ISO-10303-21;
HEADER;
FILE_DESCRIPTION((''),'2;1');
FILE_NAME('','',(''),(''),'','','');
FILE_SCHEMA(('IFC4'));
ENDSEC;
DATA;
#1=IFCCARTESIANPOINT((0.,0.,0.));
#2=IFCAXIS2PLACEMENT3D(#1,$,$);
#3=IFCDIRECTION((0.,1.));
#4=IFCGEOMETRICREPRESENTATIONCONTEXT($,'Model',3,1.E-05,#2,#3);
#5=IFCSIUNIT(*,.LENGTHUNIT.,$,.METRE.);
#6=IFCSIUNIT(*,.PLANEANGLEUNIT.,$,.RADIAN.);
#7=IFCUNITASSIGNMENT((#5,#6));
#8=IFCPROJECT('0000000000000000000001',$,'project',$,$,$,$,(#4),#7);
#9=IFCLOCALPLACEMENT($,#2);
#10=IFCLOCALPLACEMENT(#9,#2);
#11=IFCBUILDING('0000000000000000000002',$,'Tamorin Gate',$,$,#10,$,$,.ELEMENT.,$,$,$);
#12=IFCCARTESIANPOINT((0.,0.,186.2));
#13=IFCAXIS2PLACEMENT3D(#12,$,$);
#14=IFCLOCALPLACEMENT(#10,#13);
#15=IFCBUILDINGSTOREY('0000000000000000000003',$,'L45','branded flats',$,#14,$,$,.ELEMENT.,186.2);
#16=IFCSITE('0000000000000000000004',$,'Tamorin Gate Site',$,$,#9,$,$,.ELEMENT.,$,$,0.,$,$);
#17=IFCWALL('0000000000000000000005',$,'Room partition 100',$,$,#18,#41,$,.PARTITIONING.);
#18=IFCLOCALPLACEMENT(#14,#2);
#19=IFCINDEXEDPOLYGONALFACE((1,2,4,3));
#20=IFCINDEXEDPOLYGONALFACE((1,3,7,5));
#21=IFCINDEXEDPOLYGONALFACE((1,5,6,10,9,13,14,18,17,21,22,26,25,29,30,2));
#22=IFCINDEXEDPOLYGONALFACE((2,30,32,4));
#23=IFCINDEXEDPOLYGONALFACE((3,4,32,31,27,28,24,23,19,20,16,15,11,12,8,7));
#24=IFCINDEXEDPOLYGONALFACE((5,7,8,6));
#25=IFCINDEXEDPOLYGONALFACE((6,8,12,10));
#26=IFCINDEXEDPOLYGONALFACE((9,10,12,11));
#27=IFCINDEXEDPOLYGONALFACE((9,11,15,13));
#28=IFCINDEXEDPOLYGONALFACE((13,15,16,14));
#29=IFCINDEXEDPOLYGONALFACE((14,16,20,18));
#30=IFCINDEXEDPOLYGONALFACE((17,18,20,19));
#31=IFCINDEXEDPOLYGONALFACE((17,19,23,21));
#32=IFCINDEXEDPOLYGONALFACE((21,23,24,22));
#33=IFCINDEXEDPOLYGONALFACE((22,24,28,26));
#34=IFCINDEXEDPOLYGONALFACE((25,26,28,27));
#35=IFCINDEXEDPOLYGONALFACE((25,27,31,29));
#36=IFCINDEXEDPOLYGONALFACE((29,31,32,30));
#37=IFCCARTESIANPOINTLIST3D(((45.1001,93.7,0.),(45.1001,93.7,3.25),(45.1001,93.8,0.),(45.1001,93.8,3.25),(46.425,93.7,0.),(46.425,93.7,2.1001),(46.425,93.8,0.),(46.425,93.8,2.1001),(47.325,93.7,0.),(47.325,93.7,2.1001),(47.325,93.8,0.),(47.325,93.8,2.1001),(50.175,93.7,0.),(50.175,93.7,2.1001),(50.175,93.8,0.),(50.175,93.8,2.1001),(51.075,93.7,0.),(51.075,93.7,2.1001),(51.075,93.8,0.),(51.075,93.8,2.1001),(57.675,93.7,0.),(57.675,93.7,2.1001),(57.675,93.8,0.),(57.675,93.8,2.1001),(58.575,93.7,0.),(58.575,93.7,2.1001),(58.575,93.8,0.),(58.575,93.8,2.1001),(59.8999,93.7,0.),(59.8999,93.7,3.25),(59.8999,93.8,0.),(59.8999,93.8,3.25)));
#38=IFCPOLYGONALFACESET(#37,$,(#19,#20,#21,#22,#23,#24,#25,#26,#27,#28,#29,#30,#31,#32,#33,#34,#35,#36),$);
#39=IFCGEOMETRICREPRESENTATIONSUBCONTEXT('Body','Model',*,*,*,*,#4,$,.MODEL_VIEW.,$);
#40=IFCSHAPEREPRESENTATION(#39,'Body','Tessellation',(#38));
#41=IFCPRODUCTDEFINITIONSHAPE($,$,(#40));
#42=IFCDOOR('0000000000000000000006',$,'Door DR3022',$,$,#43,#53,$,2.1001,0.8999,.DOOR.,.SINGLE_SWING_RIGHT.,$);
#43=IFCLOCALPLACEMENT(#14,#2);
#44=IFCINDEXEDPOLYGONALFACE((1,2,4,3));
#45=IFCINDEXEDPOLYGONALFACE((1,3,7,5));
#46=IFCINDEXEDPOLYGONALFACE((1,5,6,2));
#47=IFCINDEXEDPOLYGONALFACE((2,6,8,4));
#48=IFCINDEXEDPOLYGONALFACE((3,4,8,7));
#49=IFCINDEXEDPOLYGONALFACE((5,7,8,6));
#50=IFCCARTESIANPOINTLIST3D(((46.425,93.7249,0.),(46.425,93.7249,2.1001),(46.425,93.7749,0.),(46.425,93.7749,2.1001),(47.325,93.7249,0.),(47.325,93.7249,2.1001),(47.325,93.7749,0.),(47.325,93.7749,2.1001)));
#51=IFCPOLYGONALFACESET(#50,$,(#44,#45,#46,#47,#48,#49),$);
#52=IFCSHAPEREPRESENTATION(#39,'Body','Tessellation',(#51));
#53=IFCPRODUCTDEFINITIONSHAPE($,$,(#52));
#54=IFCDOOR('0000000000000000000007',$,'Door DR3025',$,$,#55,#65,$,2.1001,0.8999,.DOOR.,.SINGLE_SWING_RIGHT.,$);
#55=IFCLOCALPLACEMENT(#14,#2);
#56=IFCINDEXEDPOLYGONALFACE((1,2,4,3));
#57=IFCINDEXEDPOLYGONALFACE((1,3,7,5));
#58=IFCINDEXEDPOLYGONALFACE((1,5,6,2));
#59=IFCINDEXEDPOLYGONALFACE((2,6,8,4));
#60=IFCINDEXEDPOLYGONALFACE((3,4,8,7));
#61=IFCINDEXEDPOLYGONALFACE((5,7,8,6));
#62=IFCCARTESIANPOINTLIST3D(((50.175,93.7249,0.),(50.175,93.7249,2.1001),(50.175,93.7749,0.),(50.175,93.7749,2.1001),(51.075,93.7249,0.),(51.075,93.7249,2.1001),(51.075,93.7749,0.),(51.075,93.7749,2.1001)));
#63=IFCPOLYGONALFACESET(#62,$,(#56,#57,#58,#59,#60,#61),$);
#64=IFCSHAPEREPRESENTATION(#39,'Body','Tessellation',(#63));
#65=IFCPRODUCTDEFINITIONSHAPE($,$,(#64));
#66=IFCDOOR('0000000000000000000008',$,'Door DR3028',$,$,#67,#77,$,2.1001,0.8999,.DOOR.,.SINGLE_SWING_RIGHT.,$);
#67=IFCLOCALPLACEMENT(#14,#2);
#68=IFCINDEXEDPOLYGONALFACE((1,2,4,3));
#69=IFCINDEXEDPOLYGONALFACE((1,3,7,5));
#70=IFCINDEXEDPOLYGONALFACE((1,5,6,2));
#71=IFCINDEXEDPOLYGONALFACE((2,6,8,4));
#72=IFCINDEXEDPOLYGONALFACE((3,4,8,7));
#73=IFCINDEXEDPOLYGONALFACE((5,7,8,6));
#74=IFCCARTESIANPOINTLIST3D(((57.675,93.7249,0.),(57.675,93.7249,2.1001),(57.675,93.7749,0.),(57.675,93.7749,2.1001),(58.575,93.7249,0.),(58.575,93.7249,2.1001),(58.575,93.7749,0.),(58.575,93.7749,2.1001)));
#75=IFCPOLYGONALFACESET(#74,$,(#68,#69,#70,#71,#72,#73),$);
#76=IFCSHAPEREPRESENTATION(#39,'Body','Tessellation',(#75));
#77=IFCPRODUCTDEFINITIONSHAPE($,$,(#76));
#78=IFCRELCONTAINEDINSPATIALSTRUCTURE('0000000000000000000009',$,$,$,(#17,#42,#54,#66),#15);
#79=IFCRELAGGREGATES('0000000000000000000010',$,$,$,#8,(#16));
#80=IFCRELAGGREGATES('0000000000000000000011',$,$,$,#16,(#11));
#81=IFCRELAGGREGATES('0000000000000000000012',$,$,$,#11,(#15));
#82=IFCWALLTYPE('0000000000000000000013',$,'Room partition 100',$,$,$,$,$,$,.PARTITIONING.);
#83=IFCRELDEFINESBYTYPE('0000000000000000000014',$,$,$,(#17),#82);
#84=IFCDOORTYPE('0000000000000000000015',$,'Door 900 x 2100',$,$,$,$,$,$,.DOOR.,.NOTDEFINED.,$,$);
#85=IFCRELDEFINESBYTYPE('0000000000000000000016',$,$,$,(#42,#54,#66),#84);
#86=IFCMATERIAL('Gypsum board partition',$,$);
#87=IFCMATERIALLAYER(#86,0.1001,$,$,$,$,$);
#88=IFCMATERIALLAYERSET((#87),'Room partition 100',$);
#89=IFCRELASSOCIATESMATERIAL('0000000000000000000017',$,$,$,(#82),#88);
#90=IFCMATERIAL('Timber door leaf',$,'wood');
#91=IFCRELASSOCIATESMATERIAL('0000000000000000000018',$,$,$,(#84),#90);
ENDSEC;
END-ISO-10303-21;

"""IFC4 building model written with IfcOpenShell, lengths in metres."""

from ifc_helpers import new_model, si_unit, direction, frame, frame_2d, origin, place, context, subcontext, project, spatial, rectangle, extrude, material, layer, layer_set, type_object, element, fill, save


model = new_model("IFC4")

# Units and contexts
model_context = context("Model", 3, precision=1e-05, world=origin(), true_north=direction((0.0, 1.0)))
body_context = subcontext(model_context, "Body", "Model", "MODEL_VIEW")
ifc_project = project(units=[si_unit("LENGTHUNIT", "METRE"), si_unit("PLANEANGLEUNIT", "RADIAN")], contexts=[model_context])

# Site, building, storey
site_placement = place(None, origin())
site = spatial("IfcSite", under=ifc_project, at=site_placement, Name="Tamorin Gate Site", CompositionType="ELEMENT", RefElevation=0.0)
building_placement = place(site_placement, origin())
building = spatial("IfcBuilding", under=site, at=building_placement, Name="Tamorin Gate", CompositionType="ELEMENT")
storey_placement = place(building_placement, frame((0.0, 0.0, 186.2)))
storey = spatial("IfcBuildingStorey", under=building, at=storey_placement, Name="L45", Description="branded flats", CompositionType="ELEMENT", Elevation=186.2)

# Wall, openings, doors
ifc_material_1 = material(Name="Gypsum board partition")
ifc_layer_1 = layer(ifc_material_1, 0.1001)
ifc_layer_set_1 = layer_set([ifc_layer_1], Name="Room partition 100")
wall_type_1 = type_object("IfcWallType", Name="Room partition 100", PredefinedType="PARTITIONING", material=ifc_layer_set_1)
wall_1_placement = place(storey_placement, frame((45.1001, 93.75, 0.0), z_axis=(0.0, 0.0, 1.0), x_axis=(1.0, 0.0, 0.0)))
wall_1 = element("IfcWall", 1, at=wall_1_placement, inside=storey, type_object=wall_type_1, Name="Room partition 100", PredefinedType="PARTITIONING", context=body_context, shape_type="SweptSolid", body=[
    extrude(rectangle(XDim=14.7998, YDim=0.1001, at=frame_2d((7.3999, 0.0))), origin(), (0.0, 0.0, 1.0), 3.25),
])
opening_1_placement = place(wall_1_placement, frame((1.325, 0.0, 0.0)))
opening_1 = element("IfcOpeningElement", 2, at=opening_1_placement, cuts=wall_1, PredefinedType="OPENING", context=body_context, shape_type="SweptSolid", body=[
    extrude(rectangle(XDim=0.8999, YDim=2.1001, at=frame_2d((0.45, 1.05))), frame((0.0, 0.0601, 0.0), z_axis=(0.0, -1.0, 0.0), x_axis=(1.0, 0.0, 0.0)), (0.0, 0.0, 1.0), 0.1201),
])
opening_2_placement = place(wall_1_placement, frame((5.075, 0.0, 0.0)))
opening_2 = element("IfcOpeningElement", 3, at=opening_2_placement, cuts=wall_1, PredefinedType="OPENING", context=body_context, shape_type="SweptSolid", body=[
    extrude(rectangle(XDim=0.8999, YDim=2.1001, at=frame_2d((0.45, 1.05))), frame((0.0, 0.0601, 0.0), z_axis=(0.0, -1.0, 0.0), x_axis=(1.0, 0.0, 0.0)), (0.0, 0.0, 1.0), 0.1201),
])
opening_3_placement = place(wall_1_placement, frame((12.575, 0.0, 0.0)))
opening_3 = element("IfcOpeningElement", 4, at=opening_3_placement, cuts=wall_1, PredefinedType="OPENING", context=body_context, shape_type="SweptSolid", body=[
    extrude(rectangle(XDim=0.8999, YDim=2.1001, at=frame_2d((0.45, 1.05))), frame((0.0, 0.0601, 0.0), z_axis=(0.0, -1.0, 0.0), x_axis=(1.0, 0.0, 0.0)), (0.0, 0.0, 1.0), 0.1201),
])
ifc_material_2 = material(Name="Timber door leaf", Category="wood")
door_type = type_object("IfcDoorType", Name="Door 900 x 2100", OperationType="NOTDEFINED", PredefinedType="DOOR", material=ifc_material_2)
door_1_placement = place(opening_1_placement, origin())
door_1 = element("IfcDoor", 5, at=door_1_placement, inside=storey, type_object=door_type, Name="Door DR3022", OperationType="SINGLE_SWING_RIGHT", OverallHeight=2.1001, OverallWidth=0.8999, PredefinedType="DOOR", context=body_context, shape_type="SweptSolid", body=[
    extrude(rectangle(XDim=0.8999, YDim=2.1001, at=frame_2d((0.45, 1.05))), frame((0.0, 0.0249, 0.0), z_axis=(0.0, -1.0, 0.0), x_axis=(1.0, 0.0, 0.0)), (0.0, 0.0, 1.0), 0.05),
])
fill(opening_1, door_1)
door_2_placement = place(opening_2_placement, origin())
door_2 = element("IfcDoor", 6, at=door_2_placement, inside=storey, type_object=door_type, Name="Door DR3025", OperationType="SINGLE_SWING_RIGHT", OverallHeight=2.1001, OverallWidth=0.8999, PredefinedType="DOOR", context=body_context, shape_type="SweptSolid", body=[
    extrude(rectangle(XDim=0.8999, YDim=2.1001, at=frame_2d((0.45, 1.05))), frame((0.0, 0.0249, 0.0), z_axis=(0.0, -1.0, 0.0), x_axis=(1.0, 0.0, 0.0)), (0.0, 0.0, 1.0), 0.05),
])
fill(opening_2, door_2)
door_3_placement = place(opening_3_placement, origin())
door_3 = element("IfcDoor", 7, at=door_3_placement, inside=storey, type_object=door_type, Name="Door DR3028", OperationType="SINGLE_SWING_RIGHT", OverallHeight=2.1001, OverallWidth=0.8999, PredefinedType="DOOR", context=body_context, shape_type="SweptSolid", body=[
    extrude(rectangle(XDim=0.8999, YDim=2.1001, at=frame_2d((0.45, 1.05))), frame((0.0, 0.0249, 0.0), z_axis=(0.0, -1.0, 0.0), x_axis=(1.0, 0.0, 0.0)), (0.0, 0.0, 1.0), 0.05),
])
fill(opening_3, door_3)

save(model, "model.ifc")
